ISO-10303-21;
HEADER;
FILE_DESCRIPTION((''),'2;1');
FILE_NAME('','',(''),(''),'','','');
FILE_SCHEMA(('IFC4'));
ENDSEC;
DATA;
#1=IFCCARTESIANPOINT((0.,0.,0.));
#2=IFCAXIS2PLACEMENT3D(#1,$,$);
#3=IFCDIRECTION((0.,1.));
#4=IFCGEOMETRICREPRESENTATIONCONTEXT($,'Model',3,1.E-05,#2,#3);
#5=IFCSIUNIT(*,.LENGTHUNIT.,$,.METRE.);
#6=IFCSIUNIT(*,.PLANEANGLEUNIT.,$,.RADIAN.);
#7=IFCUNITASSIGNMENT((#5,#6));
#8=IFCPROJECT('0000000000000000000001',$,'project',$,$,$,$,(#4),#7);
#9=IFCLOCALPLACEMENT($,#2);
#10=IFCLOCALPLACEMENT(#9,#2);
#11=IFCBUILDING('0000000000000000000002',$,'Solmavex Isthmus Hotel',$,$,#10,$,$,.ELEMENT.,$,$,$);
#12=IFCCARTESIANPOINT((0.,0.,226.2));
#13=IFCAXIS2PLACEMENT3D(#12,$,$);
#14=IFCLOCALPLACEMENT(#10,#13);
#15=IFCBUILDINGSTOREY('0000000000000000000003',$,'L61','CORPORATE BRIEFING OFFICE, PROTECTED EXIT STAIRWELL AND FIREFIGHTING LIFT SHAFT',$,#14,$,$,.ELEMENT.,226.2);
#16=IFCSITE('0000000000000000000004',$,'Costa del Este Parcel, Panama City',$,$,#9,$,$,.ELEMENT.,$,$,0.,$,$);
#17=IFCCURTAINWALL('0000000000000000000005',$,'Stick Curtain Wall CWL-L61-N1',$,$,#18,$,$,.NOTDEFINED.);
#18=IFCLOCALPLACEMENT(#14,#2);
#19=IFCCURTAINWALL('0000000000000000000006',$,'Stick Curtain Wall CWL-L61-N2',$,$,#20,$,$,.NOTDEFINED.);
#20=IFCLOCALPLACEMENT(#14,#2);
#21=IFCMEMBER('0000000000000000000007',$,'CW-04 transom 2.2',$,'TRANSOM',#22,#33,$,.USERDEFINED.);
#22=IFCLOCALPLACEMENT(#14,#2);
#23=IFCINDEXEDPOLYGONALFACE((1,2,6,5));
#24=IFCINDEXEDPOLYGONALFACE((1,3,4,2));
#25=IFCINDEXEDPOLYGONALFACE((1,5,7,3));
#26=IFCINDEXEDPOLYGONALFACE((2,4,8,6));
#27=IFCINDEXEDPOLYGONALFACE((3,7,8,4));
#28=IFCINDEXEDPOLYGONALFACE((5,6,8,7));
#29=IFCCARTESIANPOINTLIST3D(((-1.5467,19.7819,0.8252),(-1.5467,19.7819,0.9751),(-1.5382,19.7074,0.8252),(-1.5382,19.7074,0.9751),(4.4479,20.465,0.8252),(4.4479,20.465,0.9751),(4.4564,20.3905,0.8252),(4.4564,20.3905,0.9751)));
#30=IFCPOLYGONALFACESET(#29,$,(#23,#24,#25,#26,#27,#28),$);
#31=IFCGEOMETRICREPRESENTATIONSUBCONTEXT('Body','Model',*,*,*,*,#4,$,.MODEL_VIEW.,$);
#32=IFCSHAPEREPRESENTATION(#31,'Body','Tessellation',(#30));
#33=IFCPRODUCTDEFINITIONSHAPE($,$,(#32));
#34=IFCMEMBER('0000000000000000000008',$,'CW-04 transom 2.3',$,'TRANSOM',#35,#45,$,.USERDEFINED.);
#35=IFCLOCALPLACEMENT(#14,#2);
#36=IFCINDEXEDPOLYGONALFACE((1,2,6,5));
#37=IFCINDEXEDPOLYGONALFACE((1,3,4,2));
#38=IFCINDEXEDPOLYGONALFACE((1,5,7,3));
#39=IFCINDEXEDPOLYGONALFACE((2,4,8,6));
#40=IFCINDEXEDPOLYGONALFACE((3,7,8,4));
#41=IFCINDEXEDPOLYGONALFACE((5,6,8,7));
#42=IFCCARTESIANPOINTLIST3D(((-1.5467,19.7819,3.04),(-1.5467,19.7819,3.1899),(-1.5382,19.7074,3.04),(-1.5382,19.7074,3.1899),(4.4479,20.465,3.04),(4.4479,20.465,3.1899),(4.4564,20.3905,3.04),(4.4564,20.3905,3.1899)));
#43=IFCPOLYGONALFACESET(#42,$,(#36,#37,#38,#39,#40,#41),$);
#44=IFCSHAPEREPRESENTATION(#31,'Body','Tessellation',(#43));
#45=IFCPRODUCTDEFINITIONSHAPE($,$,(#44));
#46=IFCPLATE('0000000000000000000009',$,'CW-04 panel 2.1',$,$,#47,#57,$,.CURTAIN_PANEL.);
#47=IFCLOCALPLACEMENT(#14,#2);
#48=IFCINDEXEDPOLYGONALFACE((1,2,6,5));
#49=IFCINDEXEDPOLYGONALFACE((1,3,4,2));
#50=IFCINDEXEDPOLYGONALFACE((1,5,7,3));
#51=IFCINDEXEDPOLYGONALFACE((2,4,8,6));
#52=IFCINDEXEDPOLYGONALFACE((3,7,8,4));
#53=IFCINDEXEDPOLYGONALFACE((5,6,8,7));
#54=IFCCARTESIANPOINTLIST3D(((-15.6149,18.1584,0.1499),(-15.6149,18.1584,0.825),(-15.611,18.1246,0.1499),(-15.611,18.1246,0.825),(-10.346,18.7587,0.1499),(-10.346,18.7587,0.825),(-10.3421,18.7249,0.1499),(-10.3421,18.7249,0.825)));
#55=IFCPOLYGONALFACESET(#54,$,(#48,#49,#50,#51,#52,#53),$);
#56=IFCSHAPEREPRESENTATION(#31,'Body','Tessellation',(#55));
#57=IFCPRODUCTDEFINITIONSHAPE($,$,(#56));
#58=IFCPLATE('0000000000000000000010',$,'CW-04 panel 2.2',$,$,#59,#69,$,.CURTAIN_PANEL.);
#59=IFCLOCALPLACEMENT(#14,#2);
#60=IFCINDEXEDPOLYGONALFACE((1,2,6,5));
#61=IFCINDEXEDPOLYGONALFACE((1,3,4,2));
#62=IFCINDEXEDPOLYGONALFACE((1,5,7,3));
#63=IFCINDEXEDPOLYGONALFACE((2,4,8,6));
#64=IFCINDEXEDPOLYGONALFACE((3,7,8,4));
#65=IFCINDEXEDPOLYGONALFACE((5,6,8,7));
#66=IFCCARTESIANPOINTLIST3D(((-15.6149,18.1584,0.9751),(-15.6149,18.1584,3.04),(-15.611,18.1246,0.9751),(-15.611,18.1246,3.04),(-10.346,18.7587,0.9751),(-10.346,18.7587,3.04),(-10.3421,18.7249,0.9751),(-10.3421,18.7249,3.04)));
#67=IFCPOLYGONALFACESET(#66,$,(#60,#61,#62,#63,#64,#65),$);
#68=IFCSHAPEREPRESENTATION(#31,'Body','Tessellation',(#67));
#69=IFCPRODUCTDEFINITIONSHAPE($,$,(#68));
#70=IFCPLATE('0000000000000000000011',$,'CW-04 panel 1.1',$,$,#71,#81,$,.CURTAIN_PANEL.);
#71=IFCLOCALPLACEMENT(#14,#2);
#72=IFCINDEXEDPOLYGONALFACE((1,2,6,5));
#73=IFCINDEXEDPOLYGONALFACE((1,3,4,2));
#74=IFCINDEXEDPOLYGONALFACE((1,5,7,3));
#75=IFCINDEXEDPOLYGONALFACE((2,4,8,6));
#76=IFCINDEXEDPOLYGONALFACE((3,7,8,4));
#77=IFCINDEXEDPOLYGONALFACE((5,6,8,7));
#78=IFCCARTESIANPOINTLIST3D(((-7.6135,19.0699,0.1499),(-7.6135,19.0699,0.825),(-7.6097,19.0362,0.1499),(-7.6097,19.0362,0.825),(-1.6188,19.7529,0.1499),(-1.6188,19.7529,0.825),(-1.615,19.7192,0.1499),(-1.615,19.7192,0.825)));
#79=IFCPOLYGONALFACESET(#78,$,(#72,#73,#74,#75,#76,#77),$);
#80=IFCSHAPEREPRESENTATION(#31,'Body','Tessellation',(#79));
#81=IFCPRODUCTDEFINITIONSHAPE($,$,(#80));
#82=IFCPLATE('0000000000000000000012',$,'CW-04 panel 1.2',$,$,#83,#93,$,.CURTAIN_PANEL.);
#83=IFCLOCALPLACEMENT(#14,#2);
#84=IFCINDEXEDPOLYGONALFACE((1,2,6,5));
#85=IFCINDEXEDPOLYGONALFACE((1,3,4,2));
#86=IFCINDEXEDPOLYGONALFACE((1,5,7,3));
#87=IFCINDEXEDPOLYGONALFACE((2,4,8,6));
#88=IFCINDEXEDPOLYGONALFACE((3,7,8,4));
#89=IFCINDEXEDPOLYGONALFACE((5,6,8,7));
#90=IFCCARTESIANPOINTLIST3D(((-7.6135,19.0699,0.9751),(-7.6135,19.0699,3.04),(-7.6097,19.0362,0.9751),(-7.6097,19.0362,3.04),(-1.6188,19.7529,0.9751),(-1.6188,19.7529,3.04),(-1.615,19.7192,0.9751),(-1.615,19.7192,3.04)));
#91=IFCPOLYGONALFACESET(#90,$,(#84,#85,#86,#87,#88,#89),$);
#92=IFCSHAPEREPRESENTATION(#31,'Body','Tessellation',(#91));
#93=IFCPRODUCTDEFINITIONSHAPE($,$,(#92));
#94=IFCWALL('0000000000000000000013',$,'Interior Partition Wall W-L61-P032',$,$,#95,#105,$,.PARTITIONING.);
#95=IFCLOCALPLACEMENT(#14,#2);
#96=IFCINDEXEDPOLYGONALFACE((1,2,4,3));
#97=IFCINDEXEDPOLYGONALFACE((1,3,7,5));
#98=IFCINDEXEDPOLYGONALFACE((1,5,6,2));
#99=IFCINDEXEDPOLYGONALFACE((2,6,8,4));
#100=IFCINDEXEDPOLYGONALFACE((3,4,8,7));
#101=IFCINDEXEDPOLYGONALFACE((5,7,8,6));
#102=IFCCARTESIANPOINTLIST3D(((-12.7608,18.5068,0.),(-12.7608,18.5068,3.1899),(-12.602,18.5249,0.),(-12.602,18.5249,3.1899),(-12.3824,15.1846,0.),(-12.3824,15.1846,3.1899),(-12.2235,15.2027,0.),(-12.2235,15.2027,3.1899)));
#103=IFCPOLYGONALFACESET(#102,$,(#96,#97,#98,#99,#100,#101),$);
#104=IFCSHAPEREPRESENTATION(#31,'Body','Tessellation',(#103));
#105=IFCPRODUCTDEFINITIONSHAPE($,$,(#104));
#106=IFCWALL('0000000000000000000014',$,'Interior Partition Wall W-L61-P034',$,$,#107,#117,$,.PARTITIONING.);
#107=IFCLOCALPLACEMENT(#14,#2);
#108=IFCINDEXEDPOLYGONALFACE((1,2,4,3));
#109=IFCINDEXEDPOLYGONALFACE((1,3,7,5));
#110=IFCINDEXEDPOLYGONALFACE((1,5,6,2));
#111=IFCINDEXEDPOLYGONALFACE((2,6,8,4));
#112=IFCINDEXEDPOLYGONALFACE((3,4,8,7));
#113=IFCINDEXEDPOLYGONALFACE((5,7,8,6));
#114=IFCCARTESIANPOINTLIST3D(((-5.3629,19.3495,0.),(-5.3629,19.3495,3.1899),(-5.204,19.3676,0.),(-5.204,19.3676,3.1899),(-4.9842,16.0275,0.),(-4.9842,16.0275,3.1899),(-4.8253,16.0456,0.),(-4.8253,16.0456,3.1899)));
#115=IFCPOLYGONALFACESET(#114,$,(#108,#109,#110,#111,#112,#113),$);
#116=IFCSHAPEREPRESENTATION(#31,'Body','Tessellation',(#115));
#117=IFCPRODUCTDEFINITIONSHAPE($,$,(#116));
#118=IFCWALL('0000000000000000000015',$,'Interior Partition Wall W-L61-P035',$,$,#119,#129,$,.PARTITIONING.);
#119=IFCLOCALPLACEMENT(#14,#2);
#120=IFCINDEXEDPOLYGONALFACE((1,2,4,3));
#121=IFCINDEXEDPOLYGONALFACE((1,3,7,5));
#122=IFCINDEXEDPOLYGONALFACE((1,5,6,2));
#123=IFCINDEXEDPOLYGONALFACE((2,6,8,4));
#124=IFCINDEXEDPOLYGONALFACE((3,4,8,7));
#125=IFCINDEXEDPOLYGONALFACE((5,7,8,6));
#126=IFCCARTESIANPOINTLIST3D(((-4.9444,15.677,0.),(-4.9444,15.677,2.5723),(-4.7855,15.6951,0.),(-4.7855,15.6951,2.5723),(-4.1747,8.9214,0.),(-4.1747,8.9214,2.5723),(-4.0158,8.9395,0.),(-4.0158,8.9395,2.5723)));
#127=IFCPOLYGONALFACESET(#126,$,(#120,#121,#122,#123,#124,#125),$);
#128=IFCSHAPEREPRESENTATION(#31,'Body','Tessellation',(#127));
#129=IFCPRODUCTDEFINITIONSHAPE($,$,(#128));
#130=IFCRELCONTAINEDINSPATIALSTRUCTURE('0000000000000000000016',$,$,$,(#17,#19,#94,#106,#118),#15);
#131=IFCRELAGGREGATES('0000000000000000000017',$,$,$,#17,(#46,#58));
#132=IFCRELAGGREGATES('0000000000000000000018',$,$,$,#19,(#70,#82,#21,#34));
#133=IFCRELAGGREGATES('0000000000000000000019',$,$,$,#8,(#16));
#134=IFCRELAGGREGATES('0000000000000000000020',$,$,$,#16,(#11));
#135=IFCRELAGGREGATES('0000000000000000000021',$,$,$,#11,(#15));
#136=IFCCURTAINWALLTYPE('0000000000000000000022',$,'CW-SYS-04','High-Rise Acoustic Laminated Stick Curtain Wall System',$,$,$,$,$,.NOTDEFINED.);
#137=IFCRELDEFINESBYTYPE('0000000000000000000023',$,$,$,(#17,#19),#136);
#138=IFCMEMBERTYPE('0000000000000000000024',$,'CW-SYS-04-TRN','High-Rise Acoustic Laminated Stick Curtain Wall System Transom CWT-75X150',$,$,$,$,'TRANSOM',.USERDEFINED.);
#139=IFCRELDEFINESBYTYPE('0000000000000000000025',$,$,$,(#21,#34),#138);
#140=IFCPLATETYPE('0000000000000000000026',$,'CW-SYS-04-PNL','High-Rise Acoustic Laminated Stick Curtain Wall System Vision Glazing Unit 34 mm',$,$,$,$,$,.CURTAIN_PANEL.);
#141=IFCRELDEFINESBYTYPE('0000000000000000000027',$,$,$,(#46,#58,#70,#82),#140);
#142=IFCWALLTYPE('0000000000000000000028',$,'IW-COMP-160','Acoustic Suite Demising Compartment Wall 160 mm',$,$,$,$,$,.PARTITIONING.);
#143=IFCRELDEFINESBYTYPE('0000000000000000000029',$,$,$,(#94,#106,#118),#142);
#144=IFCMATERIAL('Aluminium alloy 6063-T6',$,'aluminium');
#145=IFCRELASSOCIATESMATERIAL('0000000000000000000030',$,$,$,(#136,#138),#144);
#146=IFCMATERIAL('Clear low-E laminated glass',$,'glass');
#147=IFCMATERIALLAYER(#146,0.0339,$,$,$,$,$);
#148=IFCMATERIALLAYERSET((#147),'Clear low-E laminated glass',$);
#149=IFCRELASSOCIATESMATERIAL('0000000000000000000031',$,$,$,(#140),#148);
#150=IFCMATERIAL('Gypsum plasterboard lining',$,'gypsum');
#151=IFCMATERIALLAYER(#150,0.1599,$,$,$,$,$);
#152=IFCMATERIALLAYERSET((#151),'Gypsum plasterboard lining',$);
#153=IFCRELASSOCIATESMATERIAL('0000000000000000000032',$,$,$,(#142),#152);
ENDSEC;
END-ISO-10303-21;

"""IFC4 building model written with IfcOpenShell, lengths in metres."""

from ifc_helpers import new_model, si_unit, direction, frame, frame_2d, origin, origin_2d, place, context, subcontext, project, spatial, rectangle, extrude, material, layer, layer_set, material_profile, profile_set, type_object, element, aggregate, save


model = new_model("IFC4")

# Units and contexts
model_context = context("Model", 3, precision=1e-05, world=origin(), true_north=direction((0.0, 1.0)))
body_context = subcontext(model_context, "Body", "Model", "MODEL_VIEW")
ifc_project = project(units=[si_unit("LENGTHUNIT", "METRE"), si_unit("PLANEANGLEUNIT", "RADIAN")], contexts=[model_context])

# Site, building, storey
site_placement = place(None, origin())
site = spatial("IfcSite", under=ifc_project, at=site_placement, Name="Costa del Este Parcel, Panama City", CompositionType="ELEMENT", RefElevation=0.0)
building_placement = place(site_placement, origin())
building = spatial("IfcBuilding", under=site, at=building_placement, Name="Solmavex Isthmus Hotel", CompositionType="ELEMENT")
storey_placement = place(building_placement, frame((0.0, 0.0, 226.2)))
storey = spatial("IfcBuildingStorey", under=building, at=storey_placement, Name="L61", Description="CORPORATE BRIEFING OFFICE, PROTECTED EXIT STAIRWELL AND FIREFIGHTING LIFT SHAFT", CompositionType="ELEMENT", Elevation=226.2)

# Curtain wall
ifc_material_1 = material(Name="Aluminium alloy 6063-T6", Category="aluminium")
curtain_wall_type = type_object("IfcCurtainWallType", Name="CW-SYS-04", Description="High-Rise Acoustic Laminated Stick Curtain Wall System", PredefinedType="NOTDEFINED", material=ifc_material_1)
curtain_wall_1_placement = place(storey_placement, origin())
curtain_wall_1 = element("IfcCurtainWall", 1, at=curtain_wall_1_placement, inside=storey, type_object=curtain_wall_type, Name="Stick Curtain Wall CWL-L61-N1", PredefinedType="NOTDEFINED")

# Curtain wall, members
curtain_wall_2_placement = place(storey_placement, origin())
curtain_wall_2 = element("IfcCurtainWall", 2, at=curtain_wall_2_placement, inside=storey, type_object=curtain_wall_type, Name="Stick Curtain Wall CWL-L61-N2", PredefinedType="NOTDEFINED")
ifc_material_profile_1 = material_profile(ifc_material_1, rectangle(XDim=0.075, YDim=0.1499, at=origin_2d()), Name="CWT-75X150")
ifc_profile_set_1 = profile_set([ifc_material_profile_1], Name="Aluminium alloy 6063-T6")
member_type_1 = type_object("IfcMemberType", Name="CW-SYS-04-TRN", Description="High-Rise Acoustic Laminated Stick Curtain Wall System Transom CWT-75X150", ElementType="TRANSOM", PredefinedType="USERDEFINED", material=ifc_profile_set_1)
member_1_placement = place(storey_placement, frame((-1.5425, 19.7446, 0.9001), z_axis=(0.99357, 0.11322, 0.0), x_axis=(-0.11322, 0.99357, 0.0)))
member_1 = element("IfcMember", 3, at=member_1_placement, type_object=member_type_1, Name="CW-04 transom 2.2", ObjectType="TRANSOM", PredefinedType="USERDEFINED", context=body_context, shape_type="SweptSolid", body=[
    extrude(rectangle(XDim=0.075, YDim=0.1499, at=origin_2d()), origin(), (0.0, 0.0, 1.0), 6.0334),
])
member_2_placement = place(storey_placement, frame((-1.5425, 19.7446, 3.115), z_axis=(0.99357, 0.11322, 0.0), x_axis=(-0.11322, 0.99357, 0.0)))
member_2 = element("IfcMember", 4, at=member_2_placement, type_object=member_type_1, Name="CW-04 transom 2.3", ObjectType="TRANSOM", PredefinedType="USERDEFINED", context=body_context, shape_type="SweptSolid", body=[
    extrude(rectangle(XDim=0.075, YDim=0.1499, at=origin_2d()), origin(), (0.0, 0.0, 1.0), 6.0334),
])

# Plates
ifc_material_2 = material(Name="Clear low-E laminated glass", Category="glass")
ifc_layer_1 = layer(ifc_material_2, 0.0339)
ifc_layer_set_1 = layer_set([ifc_layer_1], Name="Clear low-E laminated glass")
plate_type = type_object("IfcPlateType", Name="CW-SYS-04-PNL", Description="High-Rise Acoustic Laminated Stick Curtain Wall System Vision Glazing Unit 34 mm", PredefinedType="CURTAIN_PANEL", material=ifc_layer_set_1)
plate_1_placement = place(storey_placement, frame((-12.9785, 18.4417, 0.1499), z_axis=(0.0, 0.0, 1.0), x_axis=(0.993572, 0.113203, 0.0)))
plate_1 = element("IfcPlate", 5, at=plate_1_placement, type_object=plate_type, Name="CW-04 panel 2.1", PredefinedType="CURTAIN_PANEL", context=body_context, shape_type="SweptSolid", body=[
    extrude(rectangle(XDim=5.303, YDim=0.0339, at=origin_2d()), origin(), (0.0, 0.0, 1.0), 0.675),
])
plate_2_placement = place(storey_placement, frame((-12.9785, 18.4417, 0.9751), z_axis=(0.0, 0.0, 1.0), x_axis=(0.993572, 0.113203, 0.0)))
plate_2 = element("IfcPlate", 6, at=plate_2_placement, type_object=plate_type, Name="CW-04 panel 2.2", PredefinedType="CURTAIN_PANEL", context=body_context, shape_type="SweptSolid", body=[
    extrude(rectangle(XDim=5.303, YDim=0.0339, at=origin_2d()), origin(), (0.0, 0.0, 1.0), 2.0649),
])
aggregate(curtain_wall_1, [plate_1, plate_2])
plate_3_placement = place(storey_placement, frame((-4.6143, 19.3945, 0.1499), z_axis=(0.0, 0.0, 1.0), x_axis=(0.993572, 0.113203, 0.0)))
plate_3 = element("IfcPlate", 7, at=plate_3_placement, type_object=plate_type, Name="CW-04 panel 1.1", PredefinedType="CURTAIN_PANEL", context=body_context, shape_type="SweptSolid", body=[
    extrude(rectangle(XDim=6.0334, YDim=0.0339, at=origin_2d()), origin(), (0.0, 0.0, 1.0), 0.675),
])
plate_4_placement = place(storey_placement, frame((-4.6143, 19.3945, 0.9751), z_axis=(0.0, 0.0, 1.0), x_axis=(0.993572, 0.113203, 0.0)))
plate_4 = element("IfcPlate", 8, at=plate_4_placement, type_object=plate_type, Name="CW-04 panel 1.2", PredefinedType="CURTAIN_PANEL", context=body_context, shape_type="SweptSolid", body=[
    extrude(rectangle(XDim=6.0334, YDim=0.0339, at=origin_2d()), origin(), (0.0, 0.0, 1.0), 2.0649),
])
aggregate(curtain_wall_2, [plate_3, plate_4, member_1, member_2])

# Walls
ifc_material_3 = material(Name="Gypsum plasterboard lining", Category="gypsum")
ifc_layer_2 = layer(ifc_material_3, 0.1599)
ifc_layer_set_2 = layer_set([ifc_layer_2], Name="Gypsum plasterboard lining")
wall_type_1 = type_object("IfcWallType", Name="IW-COMP-160", Description="Acoustic Suite Demising Compartment Wall 160 mm", PredefinedType="PARTITIONING", material=ifc_layer_set_2)
wall_1_placement = place(storey_placement, frame((-12.6814, 18.5159, 0.0), z_axis=(0.0, 0.0, 1.0), x_axis=(0.113172, -0.993575, 0.0)))
element("IfcWall", 9, at=wall_1_placement, inside=storey, type_object=wall_type_1, Name="Interior Partition Wall W-L61-P032", PredefinedType="PARTITIONING", context=body_context, shape_type="SweptSolid", body=[
    extrude(rectangle(XDim=3.3438, YDim=0.1599, at=frame_2d((1.6719, 0.0))), origin(), (0.0, 0.0, 1.0), 3.1899),
])
wall_2_placement = place(storey_placement, frame((-5.2834, 19.3586, 0.0), z_axis=(0.0, 0.0, 1.0), x_axis=(0.113252, -0.993566, 0.0)))
element("IfcWall", 10, at=wall_2_placement, inside=storey, type_object=wall_type_1, Name="Interior Partition Wall W-L61-P034", PredefinedType="PARTITIONING", context=body_context, shape_type="SweptSolid", body=[
    extrude(rectangle(XDim=3.3435, YDim=0.1599, at=frame_2d((1.6719, 0.0))), origin(), (0.0, 0.0, 1.0), 3.1899),
])
wall_3_placement = place(storey_placement, frame((-4.865, 15.686, 0.0), z_axis=(0.0, 0.0, 1.0), x_axis=(0.113213, -0.993571, 0.0)))
element("IfcWall", 11, at=wall_3_placement, inside=storey, type_object=wall_type_1, Name="Interior Partition Wall W-L61-P035", PredefinedType="PARTITIONING", context=body_context, shape_type="SweptSolid", body=[
    extrude(rectangle(XDim=6.7993, YDim=0.1599, at=frame_2d((3.3997, 0.0))), origin(), (0.0, 0.0, 1.0), 2.5723),
])

save(model, "model.ifc")
